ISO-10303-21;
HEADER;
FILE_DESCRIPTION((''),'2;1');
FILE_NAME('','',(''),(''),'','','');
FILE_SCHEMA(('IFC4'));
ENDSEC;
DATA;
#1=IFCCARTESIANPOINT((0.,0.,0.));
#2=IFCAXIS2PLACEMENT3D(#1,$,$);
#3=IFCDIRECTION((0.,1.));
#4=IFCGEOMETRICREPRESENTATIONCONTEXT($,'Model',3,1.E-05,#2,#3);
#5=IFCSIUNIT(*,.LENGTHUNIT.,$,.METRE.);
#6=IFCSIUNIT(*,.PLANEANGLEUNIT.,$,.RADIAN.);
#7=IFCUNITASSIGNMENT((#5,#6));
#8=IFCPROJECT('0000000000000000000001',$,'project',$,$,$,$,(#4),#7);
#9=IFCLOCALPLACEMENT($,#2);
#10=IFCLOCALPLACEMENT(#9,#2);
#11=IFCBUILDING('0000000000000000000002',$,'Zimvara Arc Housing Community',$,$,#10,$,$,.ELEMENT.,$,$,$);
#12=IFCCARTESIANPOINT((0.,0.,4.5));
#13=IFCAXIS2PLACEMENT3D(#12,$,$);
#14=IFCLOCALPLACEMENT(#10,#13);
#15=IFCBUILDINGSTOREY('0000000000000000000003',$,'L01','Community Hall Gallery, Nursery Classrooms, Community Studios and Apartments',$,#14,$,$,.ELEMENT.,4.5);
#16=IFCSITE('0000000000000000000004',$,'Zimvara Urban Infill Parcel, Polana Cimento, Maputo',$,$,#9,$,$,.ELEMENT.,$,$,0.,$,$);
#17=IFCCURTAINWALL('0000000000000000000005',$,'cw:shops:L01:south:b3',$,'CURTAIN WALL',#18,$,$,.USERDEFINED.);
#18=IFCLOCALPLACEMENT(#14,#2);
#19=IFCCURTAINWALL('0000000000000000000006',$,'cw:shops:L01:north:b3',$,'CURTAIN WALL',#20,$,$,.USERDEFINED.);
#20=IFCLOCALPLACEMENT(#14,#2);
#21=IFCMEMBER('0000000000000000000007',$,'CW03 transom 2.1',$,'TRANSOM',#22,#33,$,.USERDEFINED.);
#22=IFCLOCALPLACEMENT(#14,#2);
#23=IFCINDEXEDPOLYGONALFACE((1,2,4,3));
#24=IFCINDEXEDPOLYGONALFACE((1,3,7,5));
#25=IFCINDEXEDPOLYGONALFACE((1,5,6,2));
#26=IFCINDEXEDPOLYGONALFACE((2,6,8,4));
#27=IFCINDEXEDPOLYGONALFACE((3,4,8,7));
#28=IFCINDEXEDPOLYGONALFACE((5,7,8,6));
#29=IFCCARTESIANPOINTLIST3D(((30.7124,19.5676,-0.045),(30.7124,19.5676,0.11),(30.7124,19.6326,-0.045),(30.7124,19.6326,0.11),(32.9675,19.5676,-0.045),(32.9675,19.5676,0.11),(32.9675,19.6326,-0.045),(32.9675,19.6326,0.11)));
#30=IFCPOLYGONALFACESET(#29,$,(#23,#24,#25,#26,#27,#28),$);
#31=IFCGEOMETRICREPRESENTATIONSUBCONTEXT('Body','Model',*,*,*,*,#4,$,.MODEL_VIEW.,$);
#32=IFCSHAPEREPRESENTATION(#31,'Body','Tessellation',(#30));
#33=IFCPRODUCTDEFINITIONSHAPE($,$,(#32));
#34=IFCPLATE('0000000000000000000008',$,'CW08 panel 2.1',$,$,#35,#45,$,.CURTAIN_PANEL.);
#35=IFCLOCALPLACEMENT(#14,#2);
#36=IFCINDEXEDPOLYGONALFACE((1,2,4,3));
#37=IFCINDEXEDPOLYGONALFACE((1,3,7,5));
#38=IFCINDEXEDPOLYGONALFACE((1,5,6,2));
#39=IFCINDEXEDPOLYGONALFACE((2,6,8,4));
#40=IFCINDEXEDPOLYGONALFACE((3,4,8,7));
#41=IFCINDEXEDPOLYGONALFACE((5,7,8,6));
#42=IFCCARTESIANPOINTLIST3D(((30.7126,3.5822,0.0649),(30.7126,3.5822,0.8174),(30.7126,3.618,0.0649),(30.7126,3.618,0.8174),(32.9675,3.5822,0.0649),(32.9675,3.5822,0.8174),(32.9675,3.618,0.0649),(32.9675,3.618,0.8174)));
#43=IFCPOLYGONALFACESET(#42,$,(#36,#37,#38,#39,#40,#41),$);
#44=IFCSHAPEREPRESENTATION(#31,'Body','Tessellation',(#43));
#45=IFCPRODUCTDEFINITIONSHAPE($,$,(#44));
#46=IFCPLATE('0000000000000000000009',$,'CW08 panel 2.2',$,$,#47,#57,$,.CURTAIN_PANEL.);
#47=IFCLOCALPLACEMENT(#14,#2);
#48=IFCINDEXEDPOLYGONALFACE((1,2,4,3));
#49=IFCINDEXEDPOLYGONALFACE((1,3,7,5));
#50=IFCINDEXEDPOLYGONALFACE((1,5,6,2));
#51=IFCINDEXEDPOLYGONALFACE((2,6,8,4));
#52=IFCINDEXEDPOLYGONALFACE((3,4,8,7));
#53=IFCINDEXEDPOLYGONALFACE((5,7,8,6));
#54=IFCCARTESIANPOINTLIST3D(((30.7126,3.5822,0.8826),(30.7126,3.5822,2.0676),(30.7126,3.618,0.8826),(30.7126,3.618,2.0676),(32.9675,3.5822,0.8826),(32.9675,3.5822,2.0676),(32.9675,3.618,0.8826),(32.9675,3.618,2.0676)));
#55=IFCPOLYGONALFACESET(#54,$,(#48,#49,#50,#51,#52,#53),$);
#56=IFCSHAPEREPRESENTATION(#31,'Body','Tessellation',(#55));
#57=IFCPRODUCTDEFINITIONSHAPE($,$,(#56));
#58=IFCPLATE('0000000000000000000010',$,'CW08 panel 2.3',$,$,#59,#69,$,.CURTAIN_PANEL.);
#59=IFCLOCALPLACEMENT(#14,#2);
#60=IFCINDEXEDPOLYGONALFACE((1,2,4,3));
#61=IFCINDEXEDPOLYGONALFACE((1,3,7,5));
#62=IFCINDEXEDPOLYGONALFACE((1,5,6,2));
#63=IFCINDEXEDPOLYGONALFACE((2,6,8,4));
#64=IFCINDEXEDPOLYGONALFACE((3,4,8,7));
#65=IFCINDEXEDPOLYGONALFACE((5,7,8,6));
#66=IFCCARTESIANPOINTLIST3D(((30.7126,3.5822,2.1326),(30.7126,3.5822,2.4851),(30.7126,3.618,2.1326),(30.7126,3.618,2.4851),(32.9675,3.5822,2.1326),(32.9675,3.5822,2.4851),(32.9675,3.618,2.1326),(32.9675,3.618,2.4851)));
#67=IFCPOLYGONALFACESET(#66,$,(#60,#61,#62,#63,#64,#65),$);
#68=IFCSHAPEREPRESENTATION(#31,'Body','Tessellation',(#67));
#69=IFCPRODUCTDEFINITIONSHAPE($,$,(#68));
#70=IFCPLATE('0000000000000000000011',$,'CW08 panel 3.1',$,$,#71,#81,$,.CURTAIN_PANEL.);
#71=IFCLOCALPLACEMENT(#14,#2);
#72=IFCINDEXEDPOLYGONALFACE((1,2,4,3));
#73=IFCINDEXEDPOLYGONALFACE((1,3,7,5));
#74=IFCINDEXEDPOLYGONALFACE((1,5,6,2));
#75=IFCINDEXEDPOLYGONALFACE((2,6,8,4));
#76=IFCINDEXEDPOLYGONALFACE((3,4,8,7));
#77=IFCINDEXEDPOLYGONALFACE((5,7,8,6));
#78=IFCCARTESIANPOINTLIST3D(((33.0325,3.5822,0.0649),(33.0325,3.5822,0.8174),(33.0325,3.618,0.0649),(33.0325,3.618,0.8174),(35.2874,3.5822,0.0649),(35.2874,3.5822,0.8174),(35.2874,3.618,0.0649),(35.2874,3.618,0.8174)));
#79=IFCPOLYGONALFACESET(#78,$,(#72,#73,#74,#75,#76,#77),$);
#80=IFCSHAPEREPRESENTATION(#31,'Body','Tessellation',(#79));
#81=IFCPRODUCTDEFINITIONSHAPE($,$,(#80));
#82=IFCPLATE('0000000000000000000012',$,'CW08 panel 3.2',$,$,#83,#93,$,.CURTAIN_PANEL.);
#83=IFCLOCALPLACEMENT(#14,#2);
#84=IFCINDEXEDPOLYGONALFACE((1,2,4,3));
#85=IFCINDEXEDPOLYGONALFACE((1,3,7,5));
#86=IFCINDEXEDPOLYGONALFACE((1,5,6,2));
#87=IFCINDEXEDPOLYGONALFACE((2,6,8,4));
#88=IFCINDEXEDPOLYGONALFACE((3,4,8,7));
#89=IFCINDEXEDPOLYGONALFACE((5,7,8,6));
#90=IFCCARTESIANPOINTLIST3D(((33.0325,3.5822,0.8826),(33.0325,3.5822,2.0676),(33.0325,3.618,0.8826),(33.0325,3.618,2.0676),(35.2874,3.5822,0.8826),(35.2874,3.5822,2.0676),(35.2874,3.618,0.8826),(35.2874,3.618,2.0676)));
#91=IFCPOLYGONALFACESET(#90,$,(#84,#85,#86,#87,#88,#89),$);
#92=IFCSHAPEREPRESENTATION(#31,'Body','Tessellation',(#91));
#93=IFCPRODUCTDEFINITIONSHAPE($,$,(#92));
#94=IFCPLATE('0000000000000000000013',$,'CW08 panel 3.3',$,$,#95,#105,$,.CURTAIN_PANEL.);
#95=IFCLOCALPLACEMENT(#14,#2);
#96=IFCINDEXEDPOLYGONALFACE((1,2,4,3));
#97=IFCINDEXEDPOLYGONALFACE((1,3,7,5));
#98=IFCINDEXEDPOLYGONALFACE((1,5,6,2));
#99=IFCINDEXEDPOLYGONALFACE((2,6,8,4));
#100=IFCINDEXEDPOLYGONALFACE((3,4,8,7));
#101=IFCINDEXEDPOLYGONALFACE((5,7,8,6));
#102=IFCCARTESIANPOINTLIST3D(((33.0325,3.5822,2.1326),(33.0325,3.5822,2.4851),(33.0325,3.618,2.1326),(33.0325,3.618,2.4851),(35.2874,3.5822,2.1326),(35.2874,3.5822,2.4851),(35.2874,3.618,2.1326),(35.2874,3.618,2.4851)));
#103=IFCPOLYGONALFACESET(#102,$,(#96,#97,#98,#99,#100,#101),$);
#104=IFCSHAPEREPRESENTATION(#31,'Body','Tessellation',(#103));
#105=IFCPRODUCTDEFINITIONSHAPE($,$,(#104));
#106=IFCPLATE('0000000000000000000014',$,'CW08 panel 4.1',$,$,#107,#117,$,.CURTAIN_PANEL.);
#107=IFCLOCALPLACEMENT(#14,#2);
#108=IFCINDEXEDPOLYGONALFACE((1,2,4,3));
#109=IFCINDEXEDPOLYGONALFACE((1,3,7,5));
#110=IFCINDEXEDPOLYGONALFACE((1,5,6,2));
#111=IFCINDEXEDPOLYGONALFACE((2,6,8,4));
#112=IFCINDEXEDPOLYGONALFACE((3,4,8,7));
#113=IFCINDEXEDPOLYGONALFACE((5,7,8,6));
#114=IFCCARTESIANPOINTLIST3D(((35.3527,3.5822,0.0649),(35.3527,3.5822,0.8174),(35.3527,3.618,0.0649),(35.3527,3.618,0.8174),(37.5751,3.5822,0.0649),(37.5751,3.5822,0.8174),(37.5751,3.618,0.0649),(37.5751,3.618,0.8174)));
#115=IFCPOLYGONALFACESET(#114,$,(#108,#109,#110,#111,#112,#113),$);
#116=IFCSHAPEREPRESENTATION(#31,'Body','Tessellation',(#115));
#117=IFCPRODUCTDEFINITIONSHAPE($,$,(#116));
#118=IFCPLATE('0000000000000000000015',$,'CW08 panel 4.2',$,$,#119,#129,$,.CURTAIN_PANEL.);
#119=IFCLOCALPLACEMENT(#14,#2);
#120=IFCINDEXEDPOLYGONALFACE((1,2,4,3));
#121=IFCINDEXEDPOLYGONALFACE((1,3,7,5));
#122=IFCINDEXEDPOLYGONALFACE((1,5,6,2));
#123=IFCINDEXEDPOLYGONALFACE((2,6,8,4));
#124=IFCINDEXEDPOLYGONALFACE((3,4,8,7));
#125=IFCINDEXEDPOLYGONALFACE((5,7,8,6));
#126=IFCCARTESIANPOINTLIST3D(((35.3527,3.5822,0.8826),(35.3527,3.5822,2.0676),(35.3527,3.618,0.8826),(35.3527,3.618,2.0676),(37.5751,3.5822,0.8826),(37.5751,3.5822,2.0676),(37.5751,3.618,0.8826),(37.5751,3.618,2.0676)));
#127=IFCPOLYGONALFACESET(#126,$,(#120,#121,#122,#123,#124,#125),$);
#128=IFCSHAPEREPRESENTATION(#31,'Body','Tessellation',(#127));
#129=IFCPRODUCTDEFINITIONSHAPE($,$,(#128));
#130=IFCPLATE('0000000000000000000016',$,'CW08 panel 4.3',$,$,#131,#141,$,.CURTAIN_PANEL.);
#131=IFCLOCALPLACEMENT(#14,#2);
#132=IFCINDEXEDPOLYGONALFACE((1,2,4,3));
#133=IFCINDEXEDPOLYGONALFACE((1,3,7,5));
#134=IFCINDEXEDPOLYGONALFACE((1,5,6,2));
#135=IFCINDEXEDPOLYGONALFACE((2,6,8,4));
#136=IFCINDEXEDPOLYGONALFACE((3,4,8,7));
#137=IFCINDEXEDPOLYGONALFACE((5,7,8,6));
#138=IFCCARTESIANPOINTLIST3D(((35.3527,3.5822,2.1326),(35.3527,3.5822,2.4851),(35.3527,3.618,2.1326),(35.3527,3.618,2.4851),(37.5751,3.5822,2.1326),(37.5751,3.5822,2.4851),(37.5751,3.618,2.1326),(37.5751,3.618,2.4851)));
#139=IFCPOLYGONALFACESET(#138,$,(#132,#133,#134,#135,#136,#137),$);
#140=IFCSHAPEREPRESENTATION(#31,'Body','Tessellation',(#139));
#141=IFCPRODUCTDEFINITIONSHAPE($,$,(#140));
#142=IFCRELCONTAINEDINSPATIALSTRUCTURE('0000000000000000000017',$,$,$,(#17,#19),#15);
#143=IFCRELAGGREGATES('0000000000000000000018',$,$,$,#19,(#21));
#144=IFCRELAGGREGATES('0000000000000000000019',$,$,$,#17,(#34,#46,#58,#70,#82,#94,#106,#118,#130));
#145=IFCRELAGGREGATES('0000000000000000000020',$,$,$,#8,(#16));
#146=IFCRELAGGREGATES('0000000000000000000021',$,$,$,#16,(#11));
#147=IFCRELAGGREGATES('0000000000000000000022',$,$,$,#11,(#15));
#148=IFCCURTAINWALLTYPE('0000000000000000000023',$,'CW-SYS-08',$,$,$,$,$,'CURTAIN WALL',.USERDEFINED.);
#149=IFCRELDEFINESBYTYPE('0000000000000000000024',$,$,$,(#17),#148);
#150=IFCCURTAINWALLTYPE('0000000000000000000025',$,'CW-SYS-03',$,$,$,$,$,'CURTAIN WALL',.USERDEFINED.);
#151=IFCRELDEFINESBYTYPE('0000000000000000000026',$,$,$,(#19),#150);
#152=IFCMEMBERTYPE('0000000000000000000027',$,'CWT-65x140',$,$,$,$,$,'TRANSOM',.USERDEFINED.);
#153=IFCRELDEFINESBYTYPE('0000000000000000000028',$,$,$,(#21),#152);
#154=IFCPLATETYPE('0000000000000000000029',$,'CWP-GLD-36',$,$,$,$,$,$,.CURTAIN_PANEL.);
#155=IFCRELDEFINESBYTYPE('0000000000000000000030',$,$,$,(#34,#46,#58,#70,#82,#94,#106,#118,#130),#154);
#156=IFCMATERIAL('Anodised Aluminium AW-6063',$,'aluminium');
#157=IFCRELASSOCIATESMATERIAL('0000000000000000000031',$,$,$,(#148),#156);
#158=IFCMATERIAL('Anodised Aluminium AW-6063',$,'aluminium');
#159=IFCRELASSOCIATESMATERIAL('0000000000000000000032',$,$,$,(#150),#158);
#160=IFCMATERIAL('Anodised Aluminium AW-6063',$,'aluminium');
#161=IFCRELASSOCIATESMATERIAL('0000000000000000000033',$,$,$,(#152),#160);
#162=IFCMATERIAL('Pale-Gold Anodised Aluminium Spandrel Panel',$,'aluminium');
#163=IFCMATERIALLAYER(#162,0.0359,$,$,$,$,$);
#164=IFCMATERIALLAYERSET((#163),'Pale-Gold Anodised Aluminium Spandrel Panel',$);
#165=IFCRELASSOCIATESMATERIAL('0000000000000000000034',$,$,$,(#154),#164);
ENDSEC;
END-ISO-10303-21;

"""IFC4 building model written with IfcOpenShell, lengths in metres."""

from ifc_helpers import new_model, si_unit, direction, frame, origin, origin_2d, place, context, subcontext, project, spatial, rectangle, extrude, material, layer, layer_set, material_profile, profile_set, type_object, element, aggregate, save


model = new_model("IFC4")

# Units and contexts
model_context = context("Model", 3, precision=1e-05, world=origin(), true_north=direction((0.0, 1.0)))
body_context = subcontext(model_context, "Body", "Model", "MODEL_VIEW")
ifc_project = project(units=[si_unit("LENGTHUNIT", "METRE"), si_unit("PLANEANGLEUNIT", "RADIAN")], contexts=[model_context])

# Site, building, storey
site_placement = place(None, origin())
site = spatial("IfcSite", under=ifc_project, at=site_placement, Name="Zimvara Urban Infill Parcel, Polana Cimento, Maputo", CompositionType="ELEMENT", RefElevation=0.0)
building_placement = place(site_placement, origin())
building = spatial("IfcBuilding", under=site, at=building_placement, Name="Zimvara Arc Housing Community", CompositionType="ELEMENT")
storey_placement = place(building_placement, frame((0.0, 0.0, 4.5)))
storey = spatial("IfcBuildingStorey", under=building, at=storey_placement, Name="L01", Description="Community Hall Gallery, Nursery Classrooms, Community Studios and Apartments", CompositionType="ELEMENT", Elevation=4.5)

# Curtain wall
ifc_material_1 = material(Name="Anodised Aluminium AW-6063", Category="aluminium")
curtain_wall_type_1 = type_object("IfcCurtainWallType", Name="CW-SYS-08", ElementType="CURTAIN WALL", PredefinedType="USERDEFINED", material=ifc_material_1)
curtain_wall_1_placement = place(storey_placement, origin())
curtain_wall_1 = element("IfcCurtainWall", 1, at=curtain_wall_1_placement, inside=storey, type_object=curtain_wall_type_1, Name="cw:shops:L01:south:b3", ObjectType="CURTAIN WALL", PredefinedType="USERDEFINED")

# Curtain wall, member
ifc_material_2 = material(Name="Anodised Aluminium AW-6063", Category="aluminium")
curtain_wall_type_2 = type_object("IfcCurtainWallType", Name="CW-SYS-03", ElementType="CURTAIN WALL", PredefinedType="USERDEFINED", material=ifc_material_2)
curtain_wall_2_placement = place(storey_placement, origin())
curtain_wall_2 = element("IfcCurtainWall", 2, at=curtain_wall_2_placement, inside=storey, type_object=curtain_wall_type_2, Name="cw:shops:L01:north:b3", ObjectType="CURTAIN WALL", PredefinedType="USERDEFINED")
ifc_material_3 = material(Name="Anodised Aluminium AW-6063", Category="aluminium")
ifc_material_profile_1 = material_profile(ifc_material_3, rectangle(XDim=0.0649, YDim=0.155, at=origin_2d()), Name="ALU 65x155")
ifc_profile_set_1 = profile_set([ifc_material_profile_1], Name="Anodised Aluminium AW-6063")
member_type_1 = type_object("IfcMemberType", Name="CWT-65x140", ElementType="TRANSOM", PredefinedType="USERDEFINED", material=ifc_profile_set_1)
member_1_placement = place(storey_placement, frame((30.7124, 19.6001, 0.0325), z_axis=(1.0, 0.0, 0.0), x_axis=(0.0, 1.0, 0.0)))
member_1 = element("IfcMember", 3, at=member_1_placement, type_object=member_type_1, Name="CW03 transom 2.1", ObjectType="TRANSOM", PredefinedType="USERDEFINED", context=body_context, shape_type="SweptSolid", body=[
    extrude(rectangle(XDim=0.0649, YDim=0.155, at=origin_2d()), origin(), (0.0, 0.0, 1.0), 2.2551),
])
aggregate(curtain_wall_2, [member_1])

# Plates
ifc_material_4 = material(Name="Pale-Gold Anodised Aluminium Spandrel Panel", Category="aluminium")
ifc_layer = layer(ifc_material_4, 0.0359)
ifc_layer_set = layer_set([ifc_layer], Name="Pale-Gold Anodised Aluminium Spandrel Panel")
plate_type = type_object("IfcPlateType", Name="CWP-GLD-36", PredefinedType="CURTAIN_PANEL", material=ifc_layer_set)
plate_1_placement = place(storey_placement, frame((31.8401, 3.6001, 0.0649), z_axis=(0.0, 0.0, 1.0), x_axis=(1.0, 0.0, 0.0)))
plate_1 = element("IfcPlate", 4, at=plate_1_placement, type_object=plate_type, Name="CW08 panel 2.1", PredefinedType="CURTAIN_PANEL", context=body_context, shape_type="SweptSolid", body=[
    extrude(rectangle(XDim=2.2549, YDim=0.0359, at=origin_2d()), origin(), (0.0, 0.0, 1.0), 0.7524),
])
plate_2_placement = place(storey_placement, frame((31.8401, 3.6001, 0.8826), z_axis=(0.0, 0.0, 1.0), x_axis=(1.0, 0.0, 0.0)))
plate_2 = element("IfcPlate", 5, at=plate_2_placement, type_object=plate_type, Name="CW08 panel 2.2", PredefinedType="CURTAIN_PANEL", context=body_context, shape_type="SweptSolid", body=[
    extrude(rectangle(XDim=2.2549, YDim=0.0359, at=origin_2d()), origin(), (0.0, 0.0, 1.0), 1.1851),
])
plate_3_placement = place(storey_placement, frame((31.8401, 3.6001, 2.1326), z_axis=(0.0, 0.0, 1.0), x_axis=(1.0, 0.0, 0.0)))
plate_3 = element("IfcPlate", 6, at=plate_3_placement, type_object=plate_type, Name="CW08 panel 2.3", PredefinedType="CURTAIN_PANEL", context=body_context, shape_type="SweptSolid", body=[
    extrude(rectangle(XDim=2.2549, YDim=0.0359, at=origin_2d()), origin(), (0.0, 0.0, 1.0), 0.3525),
])
plate_4_placement = place(storey_placement, frame((34.1599, 3.6001, 0.0649), z_axis=(0.0, 0.0, 1.0), x_axis=(1.0, 0.0, 0.0)))
plate_4 = element("IfcPlate", 7, at=plate_4_placement, type_object=plate_type, Name="CW08 panel 3.1", PredefinedType="CURTAIN_PANEL", context=body_context, shape_type="SweptSolid", body=[
    extrude(rectangle(XDim=2.2549, YDim=0.0359, at=origin_2d()), origin(), (0.0, 0.0, 1.0), 0.7524),
])
plate_5_placement = place(storey_placement, frame((34.1599, 3.6001, 0.8826), z_axis=(0.0, 0.0, 1.0), x_axis=(1.0, 0.0, 0.0)))
plate_5 = element("IfcPlate", 8, at=plate_5_placement, type_object=plate_type, Name="CW08 panel 3.2", PredefinedType="CURTAIN_PANEL", context=body_context, shape_type="SweptSolid", body=[
    extrude(rectangle(XDim=2.2549, YDim=0.0359, at=origin_2d()), origin(), (0.0, 0.0, 1.0), 1.1851),
])
plate_6_placement = place(storey_placement, frame((34.1599, 3.6001, 2.1326), z_axis=(0.0, 0.0, 1.0), x_axis=(1.0, 0.0, 0.0)))
plate_6 = element("IfcPlate", 9, at=plate_6_placement, type_object=plate_type, Name="CW08 panel 3.3", PredefinedType="CURTAIN_PANEL", context=body_context, shape_type="SweptSolid", body=[
    extrude(rectangle(XDim=2.2549, YDim=0.0359, at=origin_2d()), origin(), (0.0, 0.0, 1.0), 0.3525),
])
plate_7_placement = place(storey_placement, frame((36.4639, 3.6001, 0.0649), z_axis=(0.0, 0.0, 1.0), x_axis=(1.0, 0.0, 0.0)))
plate_7 = element("IfcPlate", 10, at=plate_7_placement, type_object=plate_type, Name="CW08 panel 4.1", PredefinedType="CURTAIN_PANEL", context=body_context, shape_type="SweptSolid", body=[
    extrude(rectangle(XDim=2.2224, YDim=0.0359, at=origin_2d()), origin(), (0.0, 0.0, 1.0), 0.7524),
])
plate_8_placement = place(storey_placement, frame((36.4639, 3.6001, 0.8826), z_axis=(0.0, 0.0, 1.0), x_axis=(1.0, 0.0, 0.0)))
plate_8 = element("IfcPlate", 11, at=plate_8_placement, type_object=plate_type, Name="CW08 panel 4.2", PredefinedType="CURTAIN_PANEL", context=body_context, shape_type="SweptSolid", body=[
    extrude(rectangle(XDim=2.2224, YDim=0.0359, at=origin_2d()), origin(), (0.0, 0.0, 1.0), 1.1851),
])
plate_9_placement = place(storey_placement, frame((36.4639, 3.6001, 2.1326), z_axis=(0.0, 0.0, 1.0), x_axis=(1.0, 0.0, 0.0)))
plate_9 = element("IfcPlate", 12, at=plate_9_placement, type_object=plate_type, Name="CW08 panel 4.3", PredefinedType="CURTAIN_PANEL", context=body_context, shape_type="SweptSolid", body=[
    extrude(rectangle(XDim=2.2224, YDim=0.0359, at=origin_2d()), origin(), (0.0, 0.0, 1.0), 0.3525),
])
aggregate(curtain_wall_1, [plate_1, plate_2, plate_3, plate_4, plate_5, plate_6, plate_7, plate_8, plate_9])

save(model, "model.ifc")
